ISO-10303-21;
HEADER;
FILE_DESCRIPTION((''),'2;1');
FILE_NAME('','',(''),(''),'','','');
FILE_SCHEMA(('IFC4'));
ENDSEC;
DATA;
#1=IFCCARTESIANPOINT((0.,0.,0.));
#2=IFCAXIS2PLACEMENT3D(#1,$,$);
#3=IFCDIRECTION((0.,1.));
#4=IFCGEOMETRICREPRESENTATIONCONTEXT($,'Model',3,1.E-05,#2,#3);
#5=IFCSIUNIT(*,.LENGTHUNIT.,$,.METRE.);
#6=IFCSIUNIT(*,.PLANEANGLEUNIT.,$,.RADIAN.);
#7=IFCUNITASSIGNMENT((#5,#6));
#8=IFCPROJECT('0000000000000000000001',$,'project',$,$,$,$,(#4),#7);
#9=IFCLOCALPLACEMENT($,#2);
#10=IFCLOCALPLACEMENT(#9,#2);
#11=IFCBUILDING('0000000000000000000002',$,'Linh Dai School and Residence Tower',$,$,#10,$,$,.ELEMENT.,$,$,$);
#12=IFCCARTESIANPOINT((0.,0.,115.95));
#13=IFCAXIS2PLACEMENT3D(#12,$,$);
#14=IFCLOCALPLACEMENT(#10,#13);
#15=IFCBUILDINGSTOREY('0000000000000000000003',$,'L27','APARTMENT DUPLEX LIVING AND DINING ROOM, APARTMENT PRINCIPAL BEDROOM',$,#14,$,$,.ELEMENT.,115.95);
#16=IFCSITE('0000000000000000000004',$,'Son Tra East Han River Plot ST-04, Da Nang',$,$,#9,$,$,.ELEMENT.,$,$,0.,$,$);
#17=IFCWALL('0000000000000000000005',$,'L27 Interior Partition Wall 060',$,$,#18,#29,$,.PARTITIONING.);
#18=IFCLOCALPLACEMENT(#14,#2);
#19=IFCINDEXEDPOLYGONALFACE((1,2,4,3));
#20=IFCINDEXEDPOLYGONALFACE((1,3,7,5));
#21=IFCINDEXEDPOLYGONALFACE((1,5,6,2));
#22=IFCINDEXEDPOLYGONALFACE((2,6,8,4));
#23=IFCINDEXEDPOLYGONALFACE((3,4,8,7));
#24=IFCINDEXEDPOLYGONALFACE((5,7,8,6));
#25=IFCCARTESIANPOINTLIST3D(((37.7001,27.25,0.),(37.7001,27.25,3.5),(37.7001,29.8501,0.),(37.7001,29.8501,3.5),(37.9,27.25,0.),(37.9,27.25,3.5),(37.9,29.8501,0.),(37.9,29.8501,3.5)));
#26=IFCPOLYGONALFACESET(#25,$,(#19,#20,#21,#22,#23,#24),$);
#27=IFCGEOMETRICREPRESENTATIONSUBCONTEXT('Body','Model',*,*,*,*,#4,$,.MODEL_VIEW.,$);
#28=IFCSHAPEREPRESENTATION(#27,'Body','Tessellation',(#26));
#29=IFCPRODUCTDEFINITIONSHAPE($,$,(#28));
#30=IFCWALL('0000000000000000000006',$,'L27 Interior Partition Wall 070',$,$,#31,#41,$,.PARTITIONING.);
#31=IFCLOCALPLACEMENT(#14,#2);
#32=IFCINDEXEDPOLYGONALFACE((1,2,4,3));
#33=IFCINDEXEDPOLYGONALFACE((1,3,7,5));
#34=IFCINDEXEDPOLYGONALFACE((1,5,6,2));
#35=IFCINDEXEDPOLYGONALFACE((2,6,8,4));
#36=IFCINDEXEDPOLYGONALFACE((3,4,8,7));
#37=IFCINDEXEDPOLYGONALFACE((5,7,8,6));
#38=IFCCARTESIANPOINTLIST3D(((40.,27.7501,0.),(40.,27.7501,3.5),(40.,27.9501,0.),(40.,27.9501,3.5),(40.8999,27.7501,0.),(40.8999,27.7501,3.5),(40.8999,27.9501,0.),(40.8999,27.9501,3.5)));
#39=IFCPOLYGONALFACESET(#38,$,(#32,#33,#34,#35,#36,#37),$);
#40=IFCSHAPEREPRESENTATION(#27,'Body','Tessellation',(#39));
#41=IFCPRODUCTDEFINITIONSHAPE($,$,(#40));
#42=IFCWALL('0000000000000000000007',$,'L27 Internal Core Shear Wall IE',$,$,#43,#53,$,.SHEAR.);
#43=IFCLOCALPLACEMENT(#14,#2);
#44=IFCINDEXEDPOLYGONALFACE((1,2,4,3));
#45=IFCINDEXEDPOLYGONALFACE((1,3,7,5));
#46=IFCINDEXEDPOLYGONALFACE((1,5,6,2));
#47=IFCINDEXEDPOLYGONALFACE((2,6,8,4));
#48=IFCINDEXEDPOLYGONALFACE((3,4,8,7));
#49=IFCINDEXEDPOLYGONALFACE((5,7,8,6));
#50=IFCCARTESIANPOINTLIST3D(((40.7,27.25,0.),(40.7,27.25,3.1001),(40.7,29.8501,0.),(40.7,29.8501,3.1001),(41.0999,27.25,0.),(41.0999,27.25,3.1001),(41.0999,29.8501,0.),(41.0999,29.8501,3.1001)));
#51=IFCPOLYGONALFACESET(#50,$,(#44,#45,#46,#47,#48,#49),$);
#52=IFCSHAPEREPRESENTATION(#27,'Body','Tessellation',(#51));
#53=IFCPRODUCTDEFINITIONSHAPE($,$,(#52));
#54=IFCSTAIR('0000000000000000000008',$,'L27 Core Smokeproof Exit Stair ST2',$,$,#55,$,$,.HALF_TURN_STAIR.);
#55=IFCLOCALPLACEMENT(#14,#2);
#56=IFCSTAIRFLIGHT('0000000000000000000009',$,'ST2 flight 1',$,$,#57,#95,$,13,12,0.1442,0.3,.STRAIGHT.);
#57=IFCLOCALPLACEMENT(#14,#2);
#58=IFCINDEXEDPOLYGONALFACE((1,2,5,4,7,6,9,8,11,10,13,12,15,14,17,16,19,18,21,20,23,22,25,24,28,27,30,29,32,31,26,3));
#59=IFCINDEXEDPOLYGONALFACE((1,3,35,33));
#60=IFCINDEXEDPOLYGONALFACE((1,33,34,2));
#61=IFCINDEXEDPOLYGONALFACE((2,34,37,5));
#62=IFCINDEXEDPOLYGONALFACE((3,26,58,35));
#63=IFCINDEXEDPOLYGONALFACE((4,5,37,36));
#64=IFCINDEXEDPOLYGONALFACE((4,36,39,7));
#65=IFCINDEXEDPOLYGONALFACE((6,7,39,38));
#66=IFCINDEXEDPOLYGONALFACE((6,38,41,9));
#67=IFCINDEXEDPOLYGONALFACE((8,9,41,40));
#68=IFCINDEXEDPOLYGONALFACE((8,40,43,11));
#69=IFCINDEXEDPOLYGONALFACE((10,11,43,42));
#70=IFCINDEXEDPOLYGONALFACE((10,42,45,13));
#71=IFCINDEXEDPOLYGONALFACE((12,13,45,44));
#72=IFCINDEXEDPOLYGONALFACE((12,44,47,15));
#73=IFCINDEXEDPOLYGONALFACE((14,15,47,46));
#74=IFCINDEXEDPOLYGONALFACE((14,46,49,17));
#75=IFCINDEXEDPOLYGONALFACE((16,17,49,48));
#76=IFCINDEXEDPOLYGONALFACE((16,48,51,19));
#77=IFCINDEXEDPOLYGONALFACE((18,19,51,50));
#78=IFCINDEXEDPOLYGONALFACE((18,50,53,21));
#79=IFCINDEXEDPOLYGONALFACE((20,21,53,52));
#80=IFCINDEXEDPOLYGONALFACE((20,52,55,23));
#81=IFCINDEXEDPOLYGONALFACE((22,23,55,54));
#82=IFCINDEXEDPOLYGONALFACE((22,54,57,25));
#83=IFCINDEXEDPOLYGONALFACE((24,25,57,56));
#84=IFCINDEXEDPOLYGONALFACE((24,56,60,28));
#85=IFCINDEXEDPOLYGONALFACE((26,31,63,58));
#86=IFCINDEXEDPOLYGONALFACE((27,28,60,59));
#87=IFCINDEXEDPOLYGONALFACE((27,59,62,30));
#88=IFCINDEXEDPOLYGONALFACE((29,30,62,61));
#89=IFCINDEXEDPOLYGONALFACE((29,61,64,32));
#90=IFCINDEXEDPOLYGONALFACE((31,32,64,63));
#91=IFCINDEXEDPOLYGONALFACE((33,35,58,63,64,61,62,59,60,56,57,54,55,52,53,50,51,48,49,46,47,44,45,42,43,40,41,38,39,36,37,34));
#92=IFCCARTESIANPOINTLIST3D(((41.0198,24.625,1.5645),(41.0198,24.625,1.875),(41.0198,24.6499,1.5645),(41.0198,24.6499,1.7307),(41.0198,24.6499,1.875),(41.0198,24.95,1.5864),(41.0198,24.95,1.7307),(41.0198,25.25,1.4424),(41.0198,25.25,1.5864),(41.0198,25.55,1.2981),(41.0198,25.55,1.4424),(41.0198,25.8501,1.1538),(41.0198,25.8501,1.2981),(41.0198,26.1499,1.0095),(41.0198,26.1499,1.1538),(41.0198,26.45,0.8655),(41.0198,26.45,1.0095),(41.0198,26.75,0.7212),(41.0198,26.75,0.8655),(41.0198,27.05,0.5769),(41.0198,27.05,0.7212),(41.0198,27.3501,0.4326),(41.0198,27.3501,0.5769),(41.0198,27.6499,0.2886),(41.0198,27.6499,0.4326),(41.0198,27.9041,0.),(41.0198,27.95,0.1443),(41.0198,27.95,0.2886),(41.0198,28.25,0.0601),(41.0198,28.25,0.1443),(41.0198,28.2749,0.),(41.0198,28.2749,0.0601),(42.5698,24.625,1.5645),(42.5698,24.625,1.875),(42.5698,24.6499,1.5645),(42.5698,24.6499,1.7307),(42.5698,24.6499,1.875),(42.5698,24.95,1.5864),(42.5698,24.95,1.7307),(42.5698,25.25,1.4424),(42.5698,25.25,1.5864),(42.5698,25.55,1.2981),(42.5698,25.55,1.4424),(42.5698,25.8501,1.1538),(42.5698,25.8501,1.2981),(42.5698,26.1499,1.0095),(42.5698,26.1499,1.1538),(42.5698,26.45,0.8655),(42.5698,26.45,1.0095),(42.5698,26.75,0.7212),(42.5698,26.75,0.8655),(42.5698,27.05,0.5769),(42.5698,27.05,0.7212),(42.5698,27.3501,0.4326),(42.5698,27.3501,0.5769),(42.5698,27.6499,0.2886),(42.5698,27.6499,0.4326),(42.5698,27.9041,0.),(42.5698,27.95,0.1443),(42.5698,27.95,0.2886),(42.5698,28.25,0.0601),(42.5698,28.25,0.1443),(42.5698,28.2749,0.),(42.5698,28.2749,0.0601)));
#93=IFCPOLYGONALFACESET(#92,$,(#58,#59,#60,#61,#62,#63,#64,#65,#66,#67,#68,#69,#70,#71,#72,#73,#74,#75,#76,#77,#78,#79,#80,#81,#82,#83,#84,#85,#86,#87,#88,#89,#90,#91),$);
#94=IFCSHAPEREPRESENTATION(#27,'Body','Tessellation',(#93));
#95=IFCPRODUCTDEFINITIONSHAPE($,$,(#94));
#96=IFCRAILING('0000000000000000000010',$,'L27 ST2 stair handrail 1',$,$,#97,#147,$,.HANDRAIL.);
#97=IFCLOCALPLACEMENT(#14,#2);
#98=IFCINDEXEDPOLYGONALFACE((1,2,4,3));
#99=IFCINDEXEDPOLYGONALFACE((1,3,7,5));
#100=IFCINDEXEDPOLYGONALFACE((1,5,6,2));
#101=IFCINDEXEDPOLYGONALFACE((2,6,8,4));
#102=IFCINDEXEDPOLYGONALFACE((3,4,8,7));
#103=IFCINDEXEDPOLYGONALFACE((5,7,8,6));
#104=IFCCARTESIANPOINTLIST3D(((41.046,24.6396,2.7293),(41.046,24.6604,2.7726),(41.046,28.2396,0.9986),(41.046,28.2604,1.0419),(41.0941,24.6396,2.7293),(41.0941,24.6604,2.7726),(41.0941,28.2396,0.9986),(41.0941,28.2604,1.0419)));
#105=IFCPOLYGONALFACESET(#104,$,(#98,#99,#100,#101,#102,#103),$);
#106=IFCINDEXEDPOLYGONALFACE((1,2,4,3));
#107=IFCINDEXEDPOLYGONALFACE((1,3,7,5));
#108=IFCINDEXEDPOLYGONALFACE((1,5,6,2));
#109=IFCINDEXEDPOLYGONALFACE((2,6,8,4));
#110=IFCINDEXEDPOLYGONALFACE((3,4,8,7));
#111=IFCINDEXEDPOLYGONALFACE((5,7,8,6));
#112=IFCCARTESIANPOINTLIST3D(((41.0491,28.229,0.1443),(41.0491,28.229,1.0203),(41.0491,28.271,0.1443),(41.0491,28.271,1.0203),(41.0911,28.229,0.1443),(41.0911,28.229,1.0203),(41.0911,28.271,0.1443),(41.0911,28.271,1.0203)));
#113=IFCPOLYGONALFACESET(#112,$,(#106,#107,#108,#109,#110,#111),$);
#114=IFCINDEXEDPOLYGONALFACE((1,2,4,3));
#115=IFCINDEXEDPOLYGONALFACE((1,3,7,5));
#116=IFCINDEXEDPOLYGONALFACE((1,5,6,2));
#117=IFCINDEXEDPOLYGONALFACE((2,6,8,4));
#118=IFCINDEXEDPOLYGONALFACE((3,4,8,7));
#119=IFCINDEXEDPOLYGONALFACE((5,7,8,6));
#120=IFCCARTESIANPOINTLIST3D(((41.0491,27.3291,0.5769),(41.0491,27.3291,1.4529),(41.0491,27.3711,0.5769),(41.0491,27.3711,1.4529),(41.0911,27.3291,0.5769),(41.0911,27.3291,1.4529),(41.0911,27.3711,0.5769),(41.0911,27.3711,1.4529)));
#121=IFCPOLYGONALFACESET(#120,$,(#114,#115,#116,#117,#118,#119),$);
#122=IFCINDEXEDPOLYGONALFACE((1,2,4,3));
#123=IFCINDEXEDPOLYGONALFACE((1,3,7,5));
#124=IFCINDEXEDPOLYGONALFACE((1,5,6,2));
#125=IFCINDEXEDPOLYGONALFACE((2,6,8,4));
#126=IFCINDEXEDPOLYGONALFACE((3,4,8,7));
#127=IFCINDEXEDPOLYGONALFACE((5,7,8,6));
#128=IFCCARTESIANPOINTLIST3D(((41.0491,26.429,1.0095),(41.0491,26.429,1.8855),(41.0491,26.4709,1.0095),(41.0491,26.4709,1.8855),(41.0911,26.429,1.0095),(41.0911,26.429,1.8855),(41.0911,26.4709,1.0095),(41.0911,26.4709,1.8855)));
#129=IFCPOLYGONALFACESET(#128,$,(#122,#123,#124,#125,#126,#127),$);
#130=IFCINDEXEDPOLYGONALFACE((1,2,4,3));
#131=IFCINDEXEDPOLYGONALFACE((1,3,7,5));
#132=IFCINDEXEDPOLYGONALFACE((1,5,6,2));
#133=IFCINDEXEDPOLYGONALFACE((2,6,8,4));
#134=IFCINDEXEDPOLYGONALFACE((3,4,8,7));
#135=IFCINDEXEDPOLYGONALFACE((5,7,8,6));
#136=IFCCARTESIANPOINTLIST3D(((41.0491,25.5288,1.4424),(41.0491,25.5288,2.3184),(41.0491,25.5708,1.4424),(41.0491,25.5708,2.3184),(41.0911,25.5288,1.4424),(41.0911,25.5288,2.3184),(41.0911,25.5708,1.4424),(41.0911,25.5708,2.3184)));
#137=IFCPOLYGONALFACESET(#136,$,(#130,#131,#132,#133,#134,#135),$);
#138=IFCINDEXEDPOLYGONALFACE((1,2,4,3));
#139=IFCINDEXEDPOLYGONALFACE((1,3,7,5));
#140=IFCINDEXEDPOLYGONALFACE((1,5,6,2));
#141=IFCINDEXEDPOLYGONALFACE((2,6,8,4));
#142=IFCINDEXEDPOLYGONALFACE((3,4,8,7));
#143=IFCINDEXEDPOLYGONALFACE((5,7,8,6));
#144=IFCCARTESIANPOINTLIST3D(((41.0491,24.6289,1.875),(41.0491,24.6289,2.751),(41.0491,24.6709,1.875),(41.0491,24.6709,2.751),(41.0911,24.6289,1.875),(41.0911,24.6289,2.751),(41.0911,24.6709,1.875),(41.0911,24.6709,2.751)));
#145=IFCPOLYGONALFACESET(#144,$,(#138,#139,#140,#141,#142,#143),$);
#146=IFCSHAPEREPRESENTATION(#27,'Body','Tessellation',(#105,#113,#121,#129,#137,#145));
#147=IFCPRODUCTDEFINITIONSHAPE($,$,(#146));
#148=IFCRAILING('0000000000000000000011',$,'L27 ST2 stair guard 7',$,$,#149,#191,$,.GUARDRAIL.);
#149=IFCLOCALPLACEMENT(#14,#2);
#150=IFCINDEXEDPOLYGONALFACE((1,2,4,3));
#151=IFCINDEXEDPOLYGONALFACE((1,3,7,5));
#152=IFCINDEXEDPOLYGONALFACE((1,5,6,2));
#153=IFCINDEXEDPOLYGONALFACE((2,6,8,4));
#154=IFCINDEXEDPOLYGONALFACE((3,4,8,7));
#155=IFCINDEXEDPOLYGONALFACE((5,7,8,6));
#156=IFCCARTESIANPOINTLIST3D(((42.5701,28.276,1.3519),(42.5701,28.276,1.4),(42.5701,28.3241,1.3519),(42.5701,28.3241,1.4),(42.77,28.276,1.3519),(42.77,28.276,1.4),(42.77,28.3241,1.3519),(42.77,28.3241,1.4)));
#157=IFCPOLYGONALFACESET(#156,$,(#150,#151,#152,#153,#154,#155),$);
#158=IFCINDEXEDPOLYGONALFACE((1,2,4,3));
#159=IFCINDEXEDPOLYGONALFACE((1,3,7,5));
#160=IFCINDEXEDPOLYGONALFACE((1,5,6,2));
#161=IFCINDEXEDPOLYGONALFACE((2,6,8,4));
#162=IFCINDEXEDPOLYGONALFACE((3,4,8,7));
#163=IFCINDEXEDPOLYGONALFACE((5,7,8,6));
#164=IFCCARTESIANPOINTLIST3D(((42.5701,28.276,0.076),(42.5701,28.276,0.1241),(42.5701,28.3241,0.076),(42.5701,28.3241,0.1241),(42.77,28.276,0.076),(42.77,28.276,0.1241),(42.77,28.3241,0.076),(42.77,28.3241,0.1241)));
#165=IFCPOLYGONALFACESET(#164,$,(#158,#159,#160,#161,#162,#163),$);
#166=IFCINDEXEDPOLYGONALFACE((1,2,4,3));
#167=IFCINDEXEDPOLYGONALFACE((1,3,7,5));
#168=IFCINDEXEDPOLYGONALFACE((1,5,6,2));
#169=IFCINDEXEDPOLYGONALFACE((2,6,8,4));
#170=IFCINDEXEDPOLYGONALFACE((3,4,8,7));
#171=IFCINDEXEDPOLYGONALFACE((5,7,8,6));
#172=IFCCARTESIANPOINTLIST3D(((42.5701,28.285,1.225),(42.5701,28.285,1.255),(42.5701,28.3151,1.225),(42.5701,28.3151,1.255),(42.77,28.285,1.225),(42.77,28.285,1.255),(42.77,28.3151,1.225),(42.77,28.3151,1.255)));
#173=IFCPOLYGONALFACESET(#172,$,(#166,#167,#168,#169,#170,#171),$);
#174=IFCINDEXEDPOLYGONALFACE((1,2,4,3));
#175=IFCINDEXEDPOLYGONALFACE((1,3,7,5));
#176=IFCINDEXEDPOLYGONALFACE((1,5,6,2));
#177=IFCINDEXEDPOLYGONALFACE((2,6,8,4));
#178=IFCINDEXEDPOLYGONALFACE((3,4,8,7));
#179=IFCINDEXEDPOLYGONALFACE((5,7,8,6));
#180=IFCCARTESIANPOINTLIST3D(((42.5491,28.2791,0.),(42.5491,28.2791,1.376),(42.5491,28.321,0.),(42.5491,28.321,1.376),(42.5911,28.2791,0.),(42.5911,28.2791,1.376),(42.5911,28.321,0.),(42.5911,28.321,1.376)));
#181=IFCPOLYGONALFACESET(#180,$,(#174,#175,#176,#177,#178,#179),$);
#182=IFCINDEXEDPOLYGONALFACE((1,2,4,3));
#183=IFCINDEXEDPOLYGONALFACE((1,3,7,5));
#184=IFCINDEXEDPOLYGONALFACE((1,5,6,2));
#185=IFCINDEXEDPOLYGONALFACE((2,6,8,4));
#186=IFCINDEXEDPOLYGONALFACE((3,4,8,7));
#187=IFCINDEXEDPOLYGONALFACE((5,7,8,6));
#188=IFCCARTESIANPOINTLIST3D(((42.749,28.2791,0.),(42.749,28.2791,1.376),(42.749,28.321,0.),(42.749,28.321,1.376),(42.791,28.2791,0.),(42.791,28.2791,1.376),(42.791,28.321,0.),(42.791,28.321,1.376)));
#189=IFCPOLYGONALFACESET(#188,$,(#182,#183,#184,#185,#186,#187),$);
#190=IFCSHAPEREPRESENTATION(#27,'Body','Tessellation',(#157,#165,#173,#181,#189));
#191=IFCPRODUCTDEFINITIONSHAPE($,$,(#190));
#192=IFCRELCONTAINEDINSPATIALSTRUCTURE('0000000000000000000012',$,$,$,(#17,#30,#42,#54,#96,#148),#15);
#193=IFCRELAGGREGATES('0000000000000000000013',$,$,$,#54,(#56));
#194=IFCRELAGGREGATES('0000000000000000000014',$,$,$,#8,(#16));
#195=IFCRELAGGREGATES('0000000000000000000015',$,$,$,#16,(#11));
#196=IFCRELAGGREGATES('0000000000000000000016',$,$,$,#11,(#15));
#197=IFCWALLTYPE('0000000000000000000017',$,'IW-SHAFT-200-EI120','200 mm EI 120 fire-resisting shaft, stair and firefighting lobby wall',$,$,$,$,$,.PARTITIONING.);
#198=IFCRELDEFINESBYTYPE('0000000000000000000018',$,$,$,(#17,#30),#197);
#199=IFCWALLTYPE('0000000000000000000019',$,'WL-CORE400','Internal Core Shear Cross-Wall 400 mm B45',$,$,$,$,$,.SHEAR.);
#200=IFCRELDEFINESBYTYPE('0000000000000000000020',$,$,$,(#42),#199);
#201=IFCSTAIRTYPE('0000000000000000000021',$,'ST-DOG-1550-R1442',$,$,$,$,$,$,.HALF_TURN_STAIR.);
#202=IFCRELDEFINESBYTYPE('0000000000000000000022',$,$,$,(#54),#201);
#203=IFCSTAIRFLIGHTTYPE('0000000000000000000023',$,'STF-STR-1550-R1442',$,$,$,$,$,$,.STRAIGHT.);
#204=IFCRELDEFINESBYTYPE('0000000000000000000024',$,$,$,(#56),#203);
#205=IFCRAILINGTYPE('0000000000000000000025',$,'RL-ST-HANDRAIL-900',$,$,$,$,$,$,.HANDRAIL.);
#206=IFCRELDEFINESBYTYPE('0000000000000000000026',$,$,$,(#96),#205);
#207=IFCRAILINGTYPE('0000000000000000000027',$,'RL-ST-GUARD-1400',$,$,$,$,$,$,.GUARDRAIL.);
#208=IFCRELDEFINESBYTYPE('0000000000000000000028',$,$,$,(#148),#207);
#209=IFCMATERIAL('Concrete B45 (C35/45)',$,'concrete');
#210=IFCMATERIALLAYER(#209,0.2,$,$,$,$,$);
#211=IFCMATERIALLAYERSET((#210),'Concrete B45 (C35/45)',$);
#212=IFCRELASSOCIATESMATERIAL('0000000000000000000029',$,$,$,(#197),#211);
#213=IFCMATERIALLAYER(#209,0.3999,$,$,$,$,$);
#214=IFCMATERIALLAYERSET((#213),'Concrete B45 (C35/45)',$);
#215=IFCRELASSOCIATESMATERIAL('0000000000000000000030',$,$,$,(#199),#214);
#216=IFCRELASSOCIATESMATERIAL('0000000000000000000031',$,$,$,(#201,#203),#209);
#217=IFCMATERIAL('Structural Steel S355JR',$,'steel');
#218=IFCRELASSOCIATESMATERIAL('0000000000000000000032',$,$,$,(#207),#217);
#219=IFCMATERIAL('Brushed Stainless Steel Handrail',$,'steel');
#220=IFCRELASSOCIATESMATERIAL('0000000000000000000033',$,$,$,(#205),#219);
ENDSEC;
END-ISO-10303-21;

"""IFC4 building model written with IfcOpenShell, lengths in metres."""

from ifc_helpers import new_model, si_unit, direction, frame, frame_2d, origin, origin_2d, place, context, subcontext, project, spatial, polyline, rectangle, outline, extrude, source, transform, mapped, material, layer, layer_set, type_object, element, aggregate, save


model = new_model("IFC4")

# Units and contexts
model_context = context("Model", 3, precision=1e-05, world=origin(), true_north=direction((0.0, 1.0)))
body_context = subcontext(model_context, "Body", "Model", "MODEL_VIEW")
ifc_project = project(units=[si_unit("LENGTHUNIT", "METRE"), si_unit("PLANEANGLEUNIT", "RADIAN")], contexts=[model_context])

# Site, building, storey
site_placement = place(None, origin())
site = spatial("IfcSite", under=ifc_project, at=site_placement, Name="Son Tra East Han River Plot ST-04, Da Nang", CompositionType="ELEMENT", RefElevation=0.0)
building_placement = place(site_placement, origin())
building = spatial("IfcBuilding", under=site, at=building_placement, Name="Linh Dai School and Residence Tower", CompositionType="ELEMENT")
storey_placement = place(building_placement, frame((0.0, 0.0, 115.95)))
storey = spatial("IfcBuildingStorey", under=building, at=storey_placement, Name="L27", Description="APARTMENT DUPLEX LIVING AND DINING ROOM, APARTMENT PRINCIPAL BEDROOM", CompositionType="ELEMENT", Elevation=115.95)

# Shared definitions
ifc_material_1 = material(Name="Structural Steel S355JR", Category="steel")

# Walls
ifc_material_2 = material(Name="Concrete B45 (C35/45)", Category="concrete")
ifc_layer_1 = layer(ifc_material_2, 0.2)
ifc_layer_set_1 = layer_set([ifc_layer_1], Name="Concrete B45 (C35/45)")
wall_type_1 = type_object("IfcWallType", Name="IW-SHAFT-200-EI120", Description="200 mm EI 120 fire-resisting shaft, stair and firefighting lobby wall", PredefinedType="PARTITIONING", material=ifc_layer_set_1)
wall_1_placement = place(storey_placement, frame((37.8, 27.25, 0.0), z_axis=(0.0, 0.0, 1.0), x_axis=(0.0, 1.0, 0.0)))
element("IfcWall", 1, at=wall_1_placement, inside=storey, type_object=wall_type_1, Name="L27 Interior Partition Wall 060", PredefinedType="PARTITIONING", context=body_context, shape_type="SweptSolid", body=[
    extrude(rectangle(XDim=2.6001, YDim=0.2, at=frame_2d((1.3, 0.0))), origin(), (0.0, 0.0, 1.0), 3.5),
])
wall_2_placement = place(storey_placement, frame((40.0, 27.8501, 0.0), z_axis=(0.0, 0.0, 1.0), x_axis=(1.0, 0.0, 0.0)))
element("IfcWall", 2, at=wall_2_placement, inside=storey, type_object=wall_type_1, Name="L27 Interior Partition Wall 070", PredefinedType="PARTITIONING", context=body_context, shape_type="SweptSolid", body=[
    extrude(rectangle(XDim=0.8999, YDim=0.2, at=frame_2d((0.45, 0.0))), origin(), (0.0, 0.0, 1.0), 3.5),
])
ifc_layer_2 = layer(ifc_material_2, 0.3999)
ifc_layer_set_2 = layer_set([ifc_layer_2], Name="Concrete B45 (C35/45)")
wall_type_2 = type_object("IfcWallType", Name="WL-CORE400", Description="Internal Core Shear Cross-Wall 400 mm B45", PredefinedType="SHEAR", material=ifc_layer_set_2)
wall_3_placement = place(storey_placement, frame((40.8999, 27.25, 0.0), z_axis=(0.0, 0.0, 1.0), x_axis=(0.0, 1.0, 0.0)))
element("IfcWall", 3, at=wall_3_placement, inside=storey, type_object=wall_type_2, Name="L27 Internal Core Shear Wall IE", PredefinedType="SHEAR", context=body_context, shape_type="SweptSolid", body=[
    extrude(rectangle(XDim=2.6001, YDim=0.3999, at=frame_2d((1.3, 0.0))), origin(), (0.0, 0.0, 1.0), 3.1001),
])

# Stair, stair flight
stair_type = type_object("IfcStairType", Name="ST-DOG-1550-R1442", PredefinedType="HALF_TURN_STAIR", material=ifc_material_2)
stair_placement = place(storey_placement, origin())
stair = element("IfcStair", 4, at=stair_placement, inside=storey, type_object=stair_type, Name="L27 Core Smokeproof Exit Stair ST2", PredefinedType="HALF_TURN_STAIR")
stair_flight_type = type_object("IfcStairFlightType", Name="STF-STR-1550-R1442", PredefinedType="STRAIGHT", material=ifc_material_2)
shared_shape_1 = source(origin(), body_context, "Body", "SweptSolid", [
    extrude(outline(polyline([(-0.0249, 0.0), (-0.0249, 0.0601), (0.0, 0.0601), (0.0, 0.1443), (0.3, 0.1443), (0.3, 0.2886), (0.6001, 0.2886), (0.6001, 0.4326), (0.8999, 0.4326), (0.8999, 0.5769), (1.2, 0.5769), (1.2, 0.7212), (1.5, 0.7212), (1.5, 0.8655), (1.8, 0.8655), (1.8, 1.0095), (2.1001, 1.0095), (2.1001, 1.1538), (2.3999, 1.1538), (2.3999, 1.2981), (2.7, 1.2981), (2.7, 1.4424), (3.0, 1.4424), (3.0, 1.5864), (3.3, 1.5864), (3.3, 1.7307), (3.6001, 1.7307), (3.6001, 1.875), (3.625, 1.875), (3.625, 1.5645), (3.6001, 1.5645), (0.3459, 0.0), (-0.0249, 0.0)])), frame((0.0, 0.7749, 0.0), z_axis=(0.0, -1.0, 0.0), x_axis=(1.0, 0.0, 0.0)), (0.0, 0.0, 1.0), 1.55),
])
stair_flight_placement = place(storey_placement, frame((41.7949, 28.25, 0.0), z_axis=(0.0, 0.0, 1.0), x_axis=(0.0, -1.0, 0.0)))
stair_flight = element("IfcStairFlight", 5, at=stair_flight_placement, type_object=stair_flight_type, Name="ST2 flight 1", NumberOfRisers=13, NumberOfTreads=12, PredefinedType="STRAIGHT", RiserHeight=0.1442, TreadLength=0.3, context=body_context, shape_type="MappedRepresentation", body=[
    mapped(shared_shape_1, transform((0.0, 0.0, 0.0), x_axis=(1.0, 0.0, 0.0), y_axis=(0.0, 1.0, 0.0), z_axis=(0.0, 0.0, 1.0), scale=1.0)),
])
aggregate(stair, [stair_flight])

# Railings
railing_type_1 = type_object("IfcRailingType", Name="RL-ST-GUARD-1400", PredefinedType="GUARDRAIL", material=ifc_material_1)
ifc_material_3 = material(Name="Brushed Stainless Steel Handrail", Category="steel")
railing_type_2 = type_object("IfcRailingType", Name="RL-ST-HANDRAIL-900", PredefinedType="HANDRAIL", material=ifc_material_3)
shared_shape_2 = source(origin(), body_context, "Body", "SweptSolid", [
    extrude(rectangle(XDim=0.0481, YDim=0.0481, at=origin_2d()), frame((0.0, 0.0, 0.876), z_axis=(0.0, -0.901263, 0.433273), x_axis=(1.0, 0.0, 0.0)), (0.0, 0.0, 1.0), 3.9944),
    extrude(rectangle(XDim=0.042, YDim=0.042, at=origin_2d()), origin(), (0.0, 0.0, 1.0), 0.876),
    extrude(rectangle(XDim=0.042, YDim=0.042, at=origin_2d()), frame((0.0, -0.8999, 0.4326)), (0.0, 0.0, 1.0), 0.876),
    extrude(rectangle(XDim=0.042, YDim=0.042, at=origin_2d()), frame((0.0, -1.8, 0.8652)), (0.0, 0.0, 1.0), 0.876),
    extrude(rectangle(XDim=0.042, YDim=0.042, at=origin_2d()), frame((0.0, -2.7002, 1.2981)), (0.0, 0.0, 1.0), 0.876),
    extrude(rectangle(XDim=0.042, YDim=0.042, at=origin_2d()), frame((0.0, -3.6001, 1.7307)), (0.0, 0.0, 1.0), 0.876),
])
railing_1_placement = place(storey_placement, frame((41.0701, 28.25, 0.1443)))
element("IfcRailing", 6, at=railing_1_placement, inside=storey, type_object=railing_type_2, Name="L27 ST2 stair handrail 1", PredefinedType="HANDRAIL", context=body_context, shape_type="MappedRepresentation", body=[
    mapped(shared_shape_2, transform((0.0, 0.0, 0.0), x_axis=(1.0, 0.0, 0.0), y_axis=(0.0, 1.0, 0.0), z_axis=(0.0, 0.0, 1.0), scale=1.0)),
])
shared_shape_3 = source(origin(), body_context, "Body", "SweptSolid", [
    extrude(rectangle(XDim=0.0481, YDim=0.0481, at=origin_2d()), frame((0.0, 0.0, 1.376), z_axis=(1.0, 0.0, 0.0), x_axis=(0.0, 1.0, 0.0)), (0.0, 0.0, 1.0), 0.2),
    extrude(rectangle(XDim=0.0481, YDim=0.0481, at=origin_2d()), frame((0.0, 0.0, 0.1001), z_axis=(1.0, 0.0, 0.0), x_axis=(0.0, 1.0, 0.0)), (0.0, 0.0, 1.0), 0.2),
    extrude(rectangle(XDim=0.03, YDim=0.03, at=origin_2d()), frame((0.0, 0.0, 1.24), z_axis=(1.0, 0.0, 0.0), x_axis=(0.0, 1.0, 0.0)), (0.0, 0.0, 1.0), 0.2),
    extrude(rectangle(XDim=0.042, YDim=0.042, at=origin_2d()), origin(), (0.0, 0.0, 1.0), 1.376),
    extrude(rectangle(XDim=0.042, YDim=0.042, at=origin_2d()), frame((0.2, 0.0, 0.0)), (0.0, 0.0, 1.0), 1.376),
])
railing_2_placement = place(storey_placement, frame((42.5701, 28.3, 0.0)))
element("IfcRailing", 7, at=railing_2_placement, inside=storey, type_object=railing_type_1, Name="L27 ST2 stair guard 7", PredefinedType="GUARDRAIL", context=body_context, shape_type="MappedRepresentation", body=[
    mapped(shared_shape_3, transform((0.0, 0.0, 0.0), x_axis=(1.0, 0.0, 0.0), y_axis=(0.0, 1.0, 0.0), z_axis=(0.0, 0.0, 1.0), scale=1.0)),
])

save(model, "model.ifc")
